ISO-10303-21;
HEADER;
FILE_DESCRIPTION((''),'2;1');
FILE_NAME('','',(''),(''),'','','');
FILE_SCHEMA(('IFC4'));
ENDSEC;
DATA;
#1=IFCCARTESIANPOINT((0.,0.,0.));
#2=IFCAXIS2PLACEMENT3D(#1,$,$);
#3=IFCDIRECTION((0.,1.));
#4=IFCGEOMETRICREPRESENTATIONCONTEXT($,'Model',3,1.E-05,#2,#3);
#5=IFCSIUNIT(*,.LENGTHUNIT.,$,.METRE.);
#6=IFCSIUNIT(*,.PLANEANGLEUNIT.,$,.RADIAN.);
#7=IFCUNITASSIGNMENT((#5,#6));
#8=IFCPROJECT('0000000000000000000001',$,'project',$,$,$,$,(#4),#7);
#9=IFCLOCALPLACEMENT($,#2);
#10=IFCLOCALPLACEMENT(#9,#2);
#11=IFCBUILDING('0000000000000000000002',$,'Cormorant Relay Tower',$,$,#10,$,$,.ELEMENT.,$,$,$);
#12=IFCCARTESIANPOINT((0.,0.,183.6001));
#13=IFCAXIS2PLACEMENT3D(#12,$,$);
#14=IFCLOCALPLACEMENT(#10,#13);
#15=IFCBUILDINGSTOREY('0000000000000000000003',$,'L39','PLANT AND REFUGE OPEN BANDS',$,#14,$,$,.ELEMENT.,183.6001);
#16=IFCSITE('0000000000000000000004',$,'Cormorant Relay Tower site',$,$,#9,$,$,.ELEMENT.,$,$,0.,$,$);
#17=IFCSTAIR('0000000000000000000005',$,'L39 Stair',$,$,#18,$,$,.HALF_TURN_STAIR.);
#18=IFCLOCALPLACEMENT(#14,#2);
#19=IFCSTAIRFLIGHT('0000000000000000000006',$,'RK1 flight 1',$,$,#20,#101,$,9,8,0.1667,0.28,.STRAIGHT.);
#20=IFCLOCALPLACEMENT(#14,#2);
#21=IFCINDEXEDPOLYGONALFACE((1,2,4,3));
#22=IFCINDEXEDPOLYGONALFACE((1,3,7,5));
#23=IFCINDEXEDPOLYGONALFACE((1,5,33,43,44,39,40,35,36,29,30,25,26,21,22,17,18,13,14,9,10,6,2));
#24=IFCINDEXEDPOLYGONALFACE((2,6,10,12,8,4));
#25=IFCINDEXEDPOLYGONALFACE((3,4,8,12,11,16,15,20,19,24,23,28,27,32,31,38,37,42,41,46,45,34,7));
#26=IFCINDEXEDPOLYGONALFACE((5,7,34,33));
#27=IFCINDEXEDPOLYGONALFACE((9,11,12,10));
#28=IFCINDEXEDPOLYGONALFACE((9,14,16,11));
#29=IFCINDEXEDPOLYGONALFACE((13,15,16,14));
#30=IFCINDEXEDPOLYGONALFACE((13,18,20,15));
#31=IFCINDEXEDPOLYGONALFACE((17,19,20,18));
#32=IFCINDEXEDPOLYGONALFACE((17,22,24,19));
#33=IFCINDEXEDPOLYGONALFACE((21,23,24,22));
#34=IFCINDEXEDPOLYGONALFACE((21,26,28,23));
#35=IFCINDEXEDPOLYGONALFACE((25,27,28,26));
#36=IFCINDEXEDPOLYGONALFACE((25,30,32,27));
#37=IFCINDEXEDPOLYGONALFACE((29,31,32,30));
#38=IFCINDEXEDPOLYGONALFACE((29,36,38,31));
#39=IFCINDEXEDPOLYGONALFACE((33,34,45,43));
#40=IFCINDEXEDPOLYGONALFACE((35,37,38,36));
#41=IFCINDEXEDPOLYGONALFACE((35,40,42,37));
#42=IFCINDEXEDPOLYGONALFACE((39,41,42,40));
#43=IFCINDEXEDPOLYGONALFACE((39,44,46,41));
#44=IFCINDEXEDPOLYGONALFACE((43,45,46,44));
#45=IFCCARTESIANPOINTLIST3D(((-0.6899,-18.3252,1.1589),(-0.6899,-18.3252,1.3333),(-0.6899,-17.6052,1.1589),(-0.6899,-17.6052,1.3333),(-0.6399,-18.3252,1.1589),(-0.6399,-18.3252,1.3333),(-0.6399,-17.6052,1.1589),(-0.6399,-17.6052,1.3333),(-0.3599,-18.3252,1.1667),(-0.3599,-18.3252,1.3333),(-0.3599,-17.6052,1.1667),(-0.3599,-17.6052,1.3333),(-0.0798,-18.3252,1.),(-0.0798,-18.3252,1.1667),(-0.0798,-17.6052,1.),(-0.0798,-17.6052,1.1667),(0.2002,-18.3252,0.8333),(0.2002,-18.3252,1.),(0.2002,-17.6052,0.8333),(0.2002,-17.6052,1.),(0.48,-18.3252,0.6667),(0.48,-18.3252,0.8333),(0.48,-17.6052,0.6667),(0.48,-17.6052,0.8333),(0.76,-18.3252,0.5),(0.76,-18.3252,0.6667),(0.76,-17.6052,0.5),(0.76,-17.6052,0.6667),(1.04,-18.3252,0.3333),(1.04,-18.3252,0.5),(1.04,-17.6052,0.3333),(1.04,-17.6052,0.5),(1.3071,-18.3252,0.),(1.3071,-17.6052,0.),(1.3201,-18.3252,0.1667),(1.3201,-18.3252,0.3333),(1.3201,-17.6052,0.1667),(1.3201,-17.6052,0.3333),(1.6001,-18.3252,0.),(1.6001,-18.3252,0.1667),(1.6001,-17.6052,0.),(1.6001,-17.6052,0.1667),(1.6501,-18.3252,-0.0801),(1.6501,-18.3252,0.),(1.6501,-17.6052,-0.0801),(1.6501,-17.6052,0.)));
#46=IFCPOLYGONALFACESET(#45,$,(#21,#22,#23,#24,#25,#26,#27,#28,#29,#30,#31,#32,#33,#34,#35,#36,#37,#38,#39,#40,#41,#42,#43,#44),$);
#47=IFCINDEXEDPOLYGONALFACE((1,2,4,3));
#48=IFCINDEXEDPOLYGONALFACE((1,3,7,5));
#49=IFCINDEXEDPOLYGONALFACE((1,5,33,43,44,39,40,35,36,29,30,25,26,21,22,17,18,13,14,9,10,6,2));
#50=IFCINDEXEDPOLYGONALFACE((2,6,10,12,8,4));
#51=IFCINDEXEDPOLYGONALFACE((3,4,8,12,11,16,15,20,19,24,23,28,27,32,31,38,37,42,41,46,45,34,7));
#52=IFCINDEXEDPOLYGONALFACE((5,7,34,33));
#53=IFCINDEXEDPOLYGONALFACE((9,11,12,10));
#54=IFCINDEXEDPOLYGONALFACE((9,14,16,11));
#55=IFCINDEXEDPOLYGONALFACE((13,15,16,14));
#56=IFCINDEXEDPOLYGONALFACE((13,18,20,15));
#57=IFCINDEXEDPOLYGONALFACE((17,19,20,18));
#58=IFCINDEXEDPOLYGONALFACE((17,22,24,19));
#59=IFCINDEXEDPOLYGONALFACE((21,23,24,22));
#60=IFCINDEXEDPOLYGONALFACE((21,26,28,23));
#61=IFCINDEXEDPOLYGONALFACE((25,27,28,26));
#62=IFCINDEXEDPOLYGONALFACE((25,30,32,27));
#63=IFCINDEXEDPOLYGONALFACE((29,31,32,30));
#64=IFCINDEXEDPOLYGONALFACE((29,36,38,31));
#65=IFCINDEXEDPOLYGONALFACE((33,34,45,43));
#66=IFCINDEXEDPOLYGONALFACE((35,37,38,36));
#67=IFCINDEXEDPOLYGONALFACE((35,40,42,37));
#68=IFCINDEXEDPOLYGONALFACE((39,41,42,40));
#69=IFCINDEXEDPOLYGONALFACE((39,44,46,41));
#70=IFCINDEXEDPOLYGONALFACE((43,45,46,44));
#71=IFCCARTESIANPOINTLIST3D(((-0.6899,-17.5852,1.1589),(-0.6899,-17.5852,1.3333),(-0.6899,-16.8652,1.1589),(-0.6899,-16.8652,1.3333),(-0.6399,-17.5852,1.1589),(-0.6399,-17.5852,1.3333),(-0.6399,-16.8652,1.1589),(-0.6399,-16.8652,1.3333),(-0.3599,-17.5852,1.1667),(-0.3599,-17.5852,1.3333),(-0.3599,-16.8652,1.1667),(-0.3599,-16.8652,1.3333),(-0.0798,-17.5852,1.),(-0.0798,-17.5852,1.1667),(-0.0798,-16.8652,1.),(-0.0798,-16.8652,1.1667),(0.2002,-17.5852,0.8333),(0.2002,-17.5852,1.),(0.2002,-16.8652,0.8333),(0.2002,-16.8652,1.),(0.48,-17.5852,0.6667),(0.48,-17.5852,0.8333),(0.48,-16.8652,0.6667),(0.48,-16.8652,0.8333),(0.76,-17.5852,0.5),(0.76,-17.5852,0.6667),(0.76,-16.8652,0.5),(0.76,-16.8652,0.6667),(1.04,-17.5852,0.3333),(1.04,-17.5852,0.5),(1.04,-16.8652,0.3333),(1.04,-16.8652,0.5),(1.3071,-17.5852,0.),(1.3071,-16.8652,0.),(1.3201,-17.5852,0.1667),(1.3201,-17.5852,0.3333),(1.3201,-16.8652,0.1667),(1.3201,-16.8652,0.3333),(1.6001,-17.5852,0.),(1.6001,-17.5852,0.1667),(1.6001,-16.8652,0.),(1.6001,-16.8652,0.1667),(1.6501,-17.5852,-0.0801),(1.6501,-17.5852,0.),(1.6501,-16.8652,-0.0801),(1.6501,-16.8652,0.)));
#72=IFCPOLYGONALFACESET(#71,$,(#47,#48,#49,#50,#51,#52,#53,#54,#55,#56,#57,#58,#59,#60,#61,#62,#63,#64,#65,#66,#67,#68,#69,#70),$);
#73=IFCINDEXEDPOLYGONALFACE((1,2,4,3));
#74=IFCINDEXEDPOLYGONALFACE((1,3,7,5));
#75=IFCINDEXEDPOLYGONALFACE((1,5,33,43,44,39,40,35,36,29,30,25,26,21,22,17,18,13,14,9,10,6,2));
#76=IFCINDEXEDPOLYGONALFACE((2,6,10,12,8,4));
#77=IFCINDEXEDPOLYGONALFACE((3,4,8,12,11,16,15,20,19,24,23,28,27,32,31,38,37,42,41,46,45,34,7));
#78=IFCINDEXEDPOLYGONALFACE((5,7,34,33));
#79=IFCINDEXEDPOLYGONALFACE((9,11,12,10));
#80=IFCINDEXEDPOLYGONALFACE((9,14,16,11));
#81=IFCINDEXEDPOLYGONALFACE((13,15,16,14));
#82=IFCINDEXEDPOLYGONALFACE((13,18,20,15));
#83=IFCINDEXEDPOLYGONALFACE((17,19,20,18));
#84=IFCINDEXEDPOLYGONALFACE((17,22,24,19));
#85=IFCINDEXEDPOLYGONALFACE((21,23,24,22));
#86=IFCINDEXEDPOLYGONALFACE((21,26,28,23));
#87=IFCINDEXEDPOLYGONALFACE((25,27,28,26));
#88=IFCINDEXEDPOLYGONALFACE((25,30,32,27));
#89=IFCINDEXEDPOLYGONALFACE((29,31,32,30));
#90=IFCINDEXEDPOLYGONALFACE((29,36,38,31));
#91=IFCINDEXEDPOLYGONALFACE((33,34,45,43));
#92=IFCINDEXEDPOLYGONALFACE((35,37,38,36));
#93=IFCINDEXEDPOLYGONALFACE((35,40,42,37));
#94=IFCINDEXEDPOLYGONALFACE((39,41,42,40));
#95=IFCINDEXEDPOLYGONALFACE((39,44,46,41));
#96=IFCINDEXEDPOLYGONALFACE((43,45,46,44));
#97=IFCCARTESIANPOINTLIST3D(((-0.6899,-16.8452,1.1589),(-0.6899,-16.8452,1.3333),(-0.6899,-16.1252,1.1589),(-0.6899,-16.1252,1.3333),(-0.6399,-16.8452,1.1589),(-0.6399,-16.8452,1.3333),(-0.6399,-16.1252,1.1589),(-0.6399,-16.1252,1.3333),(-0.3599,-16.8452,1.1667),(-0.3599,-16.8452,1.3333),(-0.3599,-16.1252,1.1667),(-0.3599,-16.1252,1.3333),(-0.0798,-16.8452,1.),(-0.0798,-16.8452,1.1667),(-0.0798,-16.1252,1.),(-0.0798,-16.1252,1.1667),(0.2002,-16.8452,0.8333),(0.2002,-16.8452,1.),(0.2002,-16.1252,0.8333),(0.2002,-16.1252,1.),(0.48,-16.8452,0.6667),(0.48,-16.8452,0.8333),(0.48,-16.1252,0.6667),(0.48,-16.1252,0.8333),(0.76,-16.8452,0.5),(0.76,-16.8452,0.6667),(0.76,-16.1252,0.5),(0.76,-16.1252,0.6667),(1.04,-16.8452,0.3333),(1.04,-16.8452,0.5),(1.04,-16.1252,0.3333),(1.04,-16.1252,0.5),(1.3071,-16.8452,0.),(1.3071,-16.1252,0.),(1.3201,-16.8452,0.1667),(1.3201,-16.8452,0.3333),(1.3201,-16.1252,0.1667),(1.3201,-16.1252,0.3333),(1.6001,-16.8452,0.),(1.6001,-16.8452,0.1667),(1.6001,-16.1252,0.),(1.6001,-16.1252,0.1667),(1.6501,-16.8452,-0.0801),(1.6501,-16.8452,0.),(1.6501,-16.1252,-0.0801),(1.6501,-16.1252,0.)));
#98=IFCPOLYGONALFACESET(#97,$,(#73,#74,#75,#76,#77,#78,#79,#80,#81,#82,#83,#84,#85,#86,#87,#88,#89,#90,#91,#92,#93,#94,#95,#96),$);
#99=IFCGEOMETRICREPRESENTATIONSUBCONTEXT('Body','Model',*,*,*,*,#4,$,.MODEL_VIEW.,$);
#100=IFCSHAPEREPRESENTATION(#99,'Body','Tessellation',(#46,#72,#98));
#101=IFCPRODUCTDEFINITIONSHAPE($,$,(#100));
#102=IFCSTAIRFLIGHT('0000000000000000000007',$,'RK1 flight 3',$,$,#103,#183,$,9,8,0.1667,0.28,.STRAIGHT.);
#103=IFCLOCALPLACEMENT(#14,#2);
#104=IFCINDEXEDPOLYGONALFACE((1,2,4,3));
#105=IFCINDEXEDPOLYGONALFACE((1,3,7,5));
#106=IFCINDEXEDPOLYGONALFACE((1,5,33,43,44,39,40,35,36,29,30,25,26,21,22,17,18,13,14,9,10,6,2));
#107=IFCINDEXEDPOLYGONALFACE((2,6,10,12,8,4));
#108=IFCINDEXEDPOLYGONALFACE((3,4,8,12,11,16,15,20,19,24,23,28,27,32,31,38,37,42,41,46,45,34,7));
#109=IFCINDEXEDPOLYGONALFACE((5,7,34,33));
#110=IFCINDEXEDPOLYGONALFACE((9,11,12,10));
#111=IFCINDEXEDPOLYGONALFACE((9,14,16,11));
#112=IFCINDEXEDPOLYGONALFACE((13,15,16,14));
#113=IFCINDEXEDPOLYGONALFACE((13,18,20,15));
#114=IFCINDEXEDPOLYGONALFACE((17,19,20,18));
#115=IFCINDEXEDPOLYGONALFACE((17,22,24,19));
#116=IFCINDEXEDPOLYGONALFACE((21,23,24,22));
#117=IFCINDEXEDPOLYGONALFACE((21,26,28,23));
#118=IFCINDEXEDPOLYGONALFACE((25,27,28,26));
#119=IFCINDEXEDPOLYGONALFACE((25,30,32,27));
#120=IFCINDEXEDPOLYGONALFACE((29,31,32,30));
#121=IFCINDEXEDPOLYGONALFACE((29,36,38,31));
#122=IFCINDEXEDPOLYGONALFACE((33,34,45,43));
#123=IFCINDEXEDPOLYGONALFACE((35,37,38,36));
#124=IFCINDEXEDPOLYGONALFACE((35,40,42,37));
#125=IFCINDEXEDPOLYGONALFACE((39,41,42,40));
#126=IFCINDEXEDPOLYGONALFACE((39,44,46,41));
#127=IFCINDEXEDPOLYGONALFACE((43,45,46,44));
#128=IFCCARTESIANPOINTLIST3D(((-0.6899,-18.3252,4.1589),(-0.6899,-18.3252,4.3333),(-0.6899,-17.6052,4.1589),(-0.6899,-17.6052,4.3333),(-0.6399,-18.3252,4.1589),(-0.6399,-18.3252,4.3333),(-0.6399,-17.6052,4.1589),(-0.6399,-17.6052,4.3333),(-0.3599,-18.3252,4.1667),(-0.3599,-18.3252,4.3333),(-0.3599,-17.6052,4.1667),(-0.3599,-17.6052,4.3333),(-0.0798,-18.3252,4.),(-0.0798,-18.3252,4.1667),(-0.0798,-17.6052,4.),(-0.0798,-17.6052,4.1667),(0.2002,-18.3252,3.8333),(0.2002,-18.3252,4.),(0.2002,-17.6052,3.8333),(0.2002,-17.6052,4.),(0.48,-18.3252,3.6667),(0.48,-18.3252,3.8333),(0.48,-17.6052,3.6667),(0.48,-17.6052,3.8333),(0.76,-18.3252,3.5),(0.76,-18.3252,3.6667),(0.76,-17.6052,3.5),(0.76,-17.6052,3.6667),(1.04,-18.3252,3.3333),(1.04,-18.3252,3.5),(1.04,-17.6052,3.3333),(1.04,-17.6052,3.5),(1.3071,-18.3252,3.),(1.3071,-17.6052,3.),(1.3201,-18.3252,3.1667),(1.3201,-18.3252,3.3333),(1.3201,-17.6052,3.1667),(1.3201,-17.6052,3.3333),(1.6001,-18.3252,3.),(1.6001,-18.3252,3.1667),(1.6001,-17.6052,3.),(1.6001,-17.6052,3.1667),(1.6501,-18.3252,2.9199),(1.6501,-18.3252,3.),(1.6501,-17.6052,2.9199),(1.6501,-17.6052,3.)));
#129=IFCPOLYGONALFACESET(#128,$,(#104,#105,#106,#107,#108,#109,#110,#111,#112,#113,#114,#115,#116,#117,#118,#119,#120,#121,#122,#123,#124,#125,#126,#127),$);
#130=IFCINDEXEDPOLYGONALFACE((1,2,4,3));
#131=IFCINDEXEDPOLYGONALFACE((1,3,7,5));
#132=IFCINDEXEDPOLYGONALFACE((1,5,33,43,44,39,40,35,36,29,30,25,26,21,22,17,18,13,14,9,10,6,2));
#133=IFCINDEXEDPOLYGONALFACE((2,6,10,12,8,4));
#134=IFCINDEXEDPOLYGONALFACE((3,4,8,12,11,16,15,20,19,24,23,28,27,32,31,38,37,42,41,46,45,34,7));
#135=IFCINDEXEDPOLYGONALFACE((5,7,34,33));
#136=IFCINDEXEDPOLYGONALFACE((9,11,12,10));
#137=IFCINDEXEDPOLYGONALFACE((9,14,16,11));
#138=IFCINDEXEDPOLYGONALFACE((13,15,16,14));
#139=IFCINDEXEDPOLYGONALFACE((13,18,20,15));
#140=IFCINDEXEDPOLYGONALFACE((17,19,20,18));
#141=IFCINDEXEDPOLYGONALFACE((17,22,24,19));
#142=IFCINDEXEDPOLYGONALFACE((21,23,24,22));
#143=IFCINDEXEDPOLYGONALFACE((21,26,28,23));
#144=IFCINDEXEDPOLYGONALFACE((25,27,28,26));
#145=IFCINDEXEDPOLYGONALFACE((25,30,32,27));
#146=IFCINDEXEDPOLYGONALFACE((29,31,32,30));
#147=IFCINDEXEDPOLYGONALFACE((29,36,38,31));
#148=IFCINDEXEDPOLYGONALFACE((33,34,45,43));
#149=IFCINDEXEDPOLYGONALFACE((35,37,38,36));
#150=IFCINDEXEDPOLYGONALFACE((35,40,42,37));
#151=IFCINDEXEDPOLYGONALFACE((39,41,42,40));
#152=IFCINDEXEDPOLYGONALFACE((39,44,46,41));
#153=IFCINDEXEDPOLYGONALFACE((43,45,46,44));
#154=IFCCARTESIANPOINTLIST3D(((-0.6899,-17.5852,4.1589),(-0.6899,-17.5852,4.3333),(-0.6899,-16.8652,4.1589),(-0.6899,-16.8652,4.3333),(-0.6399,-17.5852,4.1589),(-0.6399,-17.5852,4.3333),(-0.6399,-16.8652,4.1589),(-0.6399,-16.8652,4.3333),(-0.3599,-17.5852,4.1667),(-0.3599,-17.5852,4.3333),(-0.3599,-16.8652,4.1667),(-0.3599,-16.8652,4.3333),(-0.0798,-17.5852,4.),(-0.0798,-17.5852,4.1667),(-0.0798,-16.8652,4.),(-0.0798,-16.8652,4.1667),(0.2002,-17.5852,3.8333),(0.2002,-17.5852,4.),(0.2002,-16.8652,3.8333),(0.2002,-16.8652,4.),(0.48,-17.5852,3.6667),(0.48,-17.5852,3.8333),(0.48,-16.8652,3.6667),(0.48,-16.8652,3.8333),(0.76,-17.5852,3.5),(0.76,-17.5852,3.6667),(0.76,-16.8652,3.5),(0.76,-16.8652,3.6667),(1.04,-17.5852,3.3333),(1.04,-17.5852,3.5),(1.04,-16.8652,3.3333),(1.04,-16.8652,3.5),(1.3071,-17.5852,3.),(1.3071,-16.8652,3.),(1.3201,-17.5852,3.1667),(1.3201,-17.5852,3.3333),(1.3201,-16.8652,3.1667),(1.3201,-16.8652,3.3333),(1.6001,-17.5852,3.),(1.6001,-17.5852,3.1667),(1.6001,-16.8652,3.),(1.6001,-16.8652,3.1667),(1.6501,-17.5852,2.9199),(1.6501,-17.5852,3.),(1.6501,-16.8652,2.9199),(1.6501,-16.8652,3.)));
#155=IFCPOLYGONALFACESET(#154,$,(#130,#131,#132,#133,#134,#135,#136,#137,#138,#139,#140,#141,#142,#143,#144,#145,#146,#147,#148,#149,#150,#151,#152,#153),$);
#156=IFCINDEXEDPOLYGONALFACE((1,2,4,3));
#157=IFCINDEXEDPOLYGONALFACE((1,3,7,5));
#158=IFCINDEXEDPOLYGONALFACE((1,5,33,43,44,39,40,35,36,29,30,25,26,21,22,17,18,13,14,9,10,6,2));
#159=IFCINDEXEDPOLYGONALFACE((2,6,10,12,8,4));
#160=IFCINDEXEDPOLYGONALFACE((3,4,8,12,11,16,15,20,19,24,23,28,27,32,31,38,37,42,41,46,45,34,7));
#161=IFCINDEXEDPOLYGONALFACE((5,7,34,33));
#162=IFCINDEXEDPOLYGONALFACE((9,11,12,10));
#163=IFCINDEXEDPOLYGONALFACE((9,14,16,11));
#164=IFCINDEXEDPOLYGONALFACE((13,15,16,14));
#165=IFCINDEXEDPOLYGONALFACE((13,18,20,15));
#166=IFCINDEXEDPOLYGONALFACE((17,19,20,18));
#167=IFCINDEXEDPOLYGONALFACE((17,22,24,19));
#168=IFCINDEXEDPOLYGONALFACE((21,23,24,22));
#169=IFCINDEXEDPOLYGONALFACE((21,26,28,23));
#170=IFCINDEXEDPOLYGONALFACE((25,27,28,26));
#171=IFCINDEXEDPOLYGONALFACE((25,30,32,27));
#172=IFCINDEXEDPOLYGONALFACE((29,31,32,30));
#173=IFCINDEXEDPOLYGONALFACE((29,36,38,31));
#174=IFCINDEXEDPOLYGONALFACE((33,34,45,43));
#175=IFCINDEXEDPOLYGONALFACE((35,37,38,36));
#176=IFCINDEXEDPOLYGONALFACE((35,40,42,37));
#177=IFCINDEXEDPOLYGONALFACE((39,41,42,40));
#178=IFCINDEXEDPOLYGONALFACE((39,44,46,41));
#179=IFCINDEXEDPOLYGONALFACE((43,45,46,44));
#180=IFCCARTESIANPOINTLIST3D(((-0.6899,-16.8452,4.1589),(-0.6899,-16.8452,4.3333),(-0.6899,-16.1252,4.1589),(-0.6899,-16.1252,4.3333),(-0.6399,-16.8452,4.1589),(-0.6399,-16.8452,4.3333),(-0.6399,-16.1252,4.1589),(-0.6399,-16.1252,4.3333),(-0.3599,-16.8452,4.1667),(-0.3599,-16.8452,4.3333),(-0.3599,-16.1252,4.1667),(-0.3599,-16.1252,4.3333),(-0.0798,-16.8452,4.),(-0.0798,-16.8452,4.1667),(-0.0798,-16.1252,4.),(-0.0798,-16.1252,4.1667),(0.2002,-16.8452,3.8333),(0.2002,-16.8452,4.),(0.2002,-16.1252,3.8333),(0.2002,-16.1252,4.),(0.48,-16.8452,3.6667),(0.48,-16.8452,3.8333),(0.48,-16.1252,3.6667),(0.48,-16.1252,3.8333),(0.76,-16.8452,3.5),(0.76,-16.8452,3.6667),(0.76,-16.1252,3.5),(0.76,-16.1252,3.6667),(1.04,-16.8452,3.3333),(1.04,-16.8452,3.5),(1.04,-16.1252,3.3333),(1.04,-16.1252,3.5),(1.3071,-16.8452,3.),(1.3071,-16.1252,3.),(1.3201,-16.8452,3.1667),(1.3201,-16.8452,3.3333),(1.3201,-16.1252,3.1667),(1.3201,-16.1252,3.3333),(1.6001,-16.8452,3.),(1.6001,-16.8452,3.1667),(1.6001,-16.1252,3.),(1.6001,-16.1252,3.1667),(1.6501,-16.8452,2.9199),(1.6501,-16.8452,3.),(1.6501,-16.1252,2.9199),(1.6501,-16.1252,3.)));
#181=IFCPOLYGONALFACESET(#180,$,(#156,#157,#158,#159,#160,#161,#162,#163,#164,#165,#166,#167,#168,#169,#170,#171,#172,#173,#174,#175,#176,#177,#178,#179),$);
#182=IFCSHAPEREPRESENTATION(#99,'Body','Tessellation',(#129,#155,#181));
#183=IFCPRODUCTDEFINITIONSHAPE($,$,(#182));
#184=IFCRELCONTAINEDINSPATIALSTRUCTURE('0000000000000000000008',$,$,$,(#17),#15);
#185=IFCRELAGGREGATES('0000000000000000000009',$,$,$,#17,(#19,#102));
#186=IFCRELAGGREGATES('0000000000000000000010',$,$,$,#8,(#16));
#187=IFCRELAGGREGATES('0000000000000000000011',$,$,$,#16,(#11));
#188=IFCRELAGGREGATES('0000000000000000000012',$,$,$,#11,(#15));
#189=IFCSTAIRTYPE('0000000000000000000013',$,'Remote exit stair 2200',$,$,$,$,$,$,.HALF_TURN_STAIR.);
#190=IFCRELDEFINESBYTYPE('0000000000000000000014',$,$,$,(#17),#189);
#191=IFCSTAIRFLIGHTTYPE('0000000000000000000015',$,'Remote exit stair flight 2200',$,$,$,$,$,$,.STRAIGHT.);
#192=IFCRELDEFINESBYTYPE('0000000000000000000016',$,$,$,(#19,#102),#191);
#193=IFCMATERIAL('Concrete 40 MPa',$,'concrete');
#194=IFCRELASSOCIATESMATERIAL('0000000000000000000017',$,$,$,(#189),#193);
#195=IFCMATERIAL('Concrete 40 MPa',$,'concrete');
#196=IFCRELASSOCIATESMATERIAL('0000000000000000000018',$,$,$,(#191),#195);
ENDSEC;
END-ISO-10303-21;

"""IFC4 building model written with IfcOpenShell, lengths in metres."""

from ifc_helpers import new_model, si_unit, direction, frame, origin, place, context, subcontext, project, spatial, polyline, outline, extrude, material, type_object, element, aggregate, save


model = new_model("IFC4")

# Units and contexts
model_context = context("Model", 3, precision=1e-05, world=origin(), true_north=direction((0.0, 1.0)))
body_context = subcontext(model_context, "Body", "Model", "MODEL_VIEW")
ifc_project = project(units=[si_unit("LENGTHUNIT", "METRE"), si_unit("PLANEANGLEUNIT", "RADIAN")], contexts=[model_context])

# Site, building, storey
site_placement = place(None, origin())
site = spatial("IfcSite", under=ifc_project, at=site_placement, Name="Cormorant Relay Tower site", CompositionType="ELEMENT", RefElevation=0.0)
building_placement = place(site_placement, origin())
building = spatial("IfcBuilding", under=site, at=building_placement, Name="Cormorant Relay Tower", CompositionType="ELEMENT")
storey_placement = place(building_placement, frame((0.0, 0.0, 183.6001)))
storey = spatial("IfcBuildingStorey", under=building, at=storey_placement, Name="L39", Description="PLANT AND REFUGE OPEN BANDS", CompositionType="ELEMENT", Elevation=183.6001)

# Stair, stair flights
ifc_material_1 = material(Name="Concrete 40 MPa", Category="concrete")
stair_type = type_object("IfcStairType", Name="Remote exit stair 2200", PredefinedType="HALF_TURN_STAIR", material=ifc_material_1)
stair_placement = place(storey_placement, origin())
stair = element("IfcStair", 1, at=stair_placement, inside=storey, type_object=stair_type, Name="L39 Stair", PredefinedType="HALF_TURN_STAIR")
ifc_material_2 = material(Name="Concrete 40 MPa", Category="concrete")
stair_flight_type = type_object("IfcStairFlightType", Name="Remote exit stair flight 2200", PredefinedType="STRAIGHT", material=ifc_material_2)
stair_flight_1_placement = place(storey_placement, frame((1.6001, -17.2251, 0.0), z_axis=(0.0, 0.0, 1.0), x_axis=(-1.0, 0.0, 0.0)))
stair_flight_1 = element("IfcStairFlight", 2, at=stair_flight_1_placement, type_object=stair_flight_type, Name="RK1 flight 1", NumberOfRisers=9, NumberOfTreads=8, PredefinedType="STRAIGHT", RiserHeight=0.1667, TreadLength=0.28, context=body_context, shape_type="SweptSolid", body=[
    extrude(outline(polyline([(-0.05, -0.0801), (-0.05, 0.0), (0.0, 0.0), (0.0, 0.1667), (0.28, 0.1667), (0.28, 0.3333), (0.5601, 0.3333), (0.5601, 0.5), (0.8401, 0.5), (0.8401, 0.6667), (1.1201, 0.6667), (1.1201, 0.8333), (1.3999, 0.8333), (1.3999, 1.0), (1.6799, 1.0), (1.6799, 1.1667), (1.96, 1.1667), (1.96, 1.3333), (2.24, 1.3333), (2.29, 1.3333), (2.29, 1.1589), (2.24, 1.1589), (0.293, 0.0), (-0.05, -0.0801)])), frame((0.0, 1.1001, 0.0), z_axis=(0.0, -1.0, 0.0), x_axis=(1.0, 0.0, 0.0)), (0.0, 0.0, 1.0), 0.72),
    extrude(outline(polyline([(-0.05, -0.0801), (-0.05, 0.0), (0.0, 0.0), (0.0, 0.1667), (0.28, 0.1667), (0.28, 0.3333), (0.5601, 0.3333), (0.5601, 0.5), (0.8401, 0.5), (0.8401, 0.6667), (1.1201, 0.6667), (1.1201, 0.8333), (1.3999, 0.8333), (1.3999, 1.0), (1.6799, 1.0), (1.6799, 1.1667), (1.96, 1.1667), (1.96, 1.3333), (2.24, 1.3333), (2.29, 1.3333), (2.29, 1.1589), (2.24, 1.1589), (0.293, 0.0), (-0.05, -0.0801)])), frame((0.0, 0.3601, 0.0), z_axis=(0.0, -1.0, 0.0), x_axis=(1.0, 0.0, 0.0)), (0.0, 0.0, 1.0), 0.72),
    extrude(outline(polyline([(-0.05, -0.0801), (-0.05, 0.0), (0.0, 0.0), (0.0, 0.1667), (0.28, 0.1667), (0.28, 0.3333), (0.5601, 0.3333), (0.5601, 0.5), (0.8401, 0.5), (0.8401, 0.6667), (1.1201, 0.6667), (1.1201, 0.8333), (1.3999, 0.8333), (1.3999, 1.0), (1.6799, 1.0), (1.6799, 1.1667), (1.96, 1.1667), (1.96, 1.3333), (2.24, 1.3333), (2.29, 1.3333), (2.29, 1.1589), (2.24, 1.1589), (0.293, 0.0), (-0.05, -0.0801)])), frame((0.0, -0.3799, 0.0), z_axis=(0.0, -1.0, 0.0), x_axis=(1.0, 0.0, 0.0)), (0.0, 0.0, 1.0), 0.72),
])
stair_flight_2_placement = place(storey_placement, frame((1.6001, -17.2251, 3.0), z_axis=(0.0, 0.0, 1.0), x_axis=(-1.0, 0.0, 0.0)))
stair_flight_2 = element("IfcStairFlight", 3, at=stair_flight_2_placement, type_object=stair_flight_type, Name="RK1 flight 3", NumberOfRisers=9, NumberOfTreads=8, PredefinedType="STRAIGHT", RiserHeight=0.1667, TreadLength=0.28, context=body_context, shape_type="SweptSolid", body=[
    extrude(outline(polyline([(-0.05, -0.0801), (-0.05, 0.0), (0.0, 0.0), (0.0, 0.1667), (0.28, 0.1667), (0.28, 0.3333), (0.5601, 0.3333), (0.5601, 0.5), (0.8401, 0.5), (0.8401, 0.6667), (1.1201, 0.6667), (1.1201, 0.8333), (1.3999, 0.8333), (1.3999, 1.0), (1.6799, 1.0), (1.6799, 1.1667), (1.96, 1.1667), (1.96, 1.3333), (2.24, 1.3333), (2.29, 1.3333), (2.29, 1.1589), (2.24, 1.1589), (0.293, 0.0), (-0.05, -0.0801)])), frame((0.0, 1.1001, 0.0), z_axis=(0.0, -1.0, 0.0), x_axis=(1.0, 0.0, 0.0)), (0.0, 0.0, 1.0), 0.72),
    extrude(outline(polyline([(-0.05, -0.0801), (-0.05, 0.0), (0.0, 0.0), (0.0, 0.1667), (0.28, 0.1667), (0.28, 0.3333), (0.5601, 0.3333), (0.5601, 0.5), (0.8401, 0.5), (0.8401, 0.6667), (1.1201, 0.6667), (1.1201, 0.8333), (1.3999, 0.8333), (1.3999, 1.0), (1.6799, 1.0), (1.6799, 1.1667), (1.96, 1.1667), (1.96, 1.3333), (2.24, 1.3333), (2.29, 1.3333), (2.29, 1.1589), (2.24, 1.1589), (0.293, 0.0), (-0.05, -0.0801)])), frame((0.0, 0.3601, 0.0), z_axis=(0.0, -1.0, 0.0), x_axis=(1.0, 0.0, 0.0)), (0.0, 0.0, 1.0), 0.72),
    extrude(outline(polyline([(-0.05, -0.0801), (-0.05, 0.0), (0.0, 0.0), (0.0, 0.1667), (0.28, 0.1667), (0.28, 0.3333), (0.5601, 0.3333), (0.5601, 0.5), (0.8401, 0.5), (0.8401, 0.6667), (1.1201, 0.6667), (1.1201, 0.8333), (1.3999, 0.8333), (1.3999, 1.0), (1.6799, 1.0), (1.6799, 1.1667), (1.96, 1.1667), (1.96, 1.3333), (2.24, 1.3333), (2.29, 1.3333), (2.29, 1.1589), (2.24, 1.1589), (0.293, 0.0), (-0.05, -0.0801)])), frame((0.0, -0.3799, 0.0), z_axis=(0.0, -1.0, 0.0), x_axis=(1.0, 0.0, 0.0)), (0.0, 0.0, 1.0), 0.72),
])
aggregate(stair, [stair_flight_1, stair_flight_2])

save(model, "model.ifc")
